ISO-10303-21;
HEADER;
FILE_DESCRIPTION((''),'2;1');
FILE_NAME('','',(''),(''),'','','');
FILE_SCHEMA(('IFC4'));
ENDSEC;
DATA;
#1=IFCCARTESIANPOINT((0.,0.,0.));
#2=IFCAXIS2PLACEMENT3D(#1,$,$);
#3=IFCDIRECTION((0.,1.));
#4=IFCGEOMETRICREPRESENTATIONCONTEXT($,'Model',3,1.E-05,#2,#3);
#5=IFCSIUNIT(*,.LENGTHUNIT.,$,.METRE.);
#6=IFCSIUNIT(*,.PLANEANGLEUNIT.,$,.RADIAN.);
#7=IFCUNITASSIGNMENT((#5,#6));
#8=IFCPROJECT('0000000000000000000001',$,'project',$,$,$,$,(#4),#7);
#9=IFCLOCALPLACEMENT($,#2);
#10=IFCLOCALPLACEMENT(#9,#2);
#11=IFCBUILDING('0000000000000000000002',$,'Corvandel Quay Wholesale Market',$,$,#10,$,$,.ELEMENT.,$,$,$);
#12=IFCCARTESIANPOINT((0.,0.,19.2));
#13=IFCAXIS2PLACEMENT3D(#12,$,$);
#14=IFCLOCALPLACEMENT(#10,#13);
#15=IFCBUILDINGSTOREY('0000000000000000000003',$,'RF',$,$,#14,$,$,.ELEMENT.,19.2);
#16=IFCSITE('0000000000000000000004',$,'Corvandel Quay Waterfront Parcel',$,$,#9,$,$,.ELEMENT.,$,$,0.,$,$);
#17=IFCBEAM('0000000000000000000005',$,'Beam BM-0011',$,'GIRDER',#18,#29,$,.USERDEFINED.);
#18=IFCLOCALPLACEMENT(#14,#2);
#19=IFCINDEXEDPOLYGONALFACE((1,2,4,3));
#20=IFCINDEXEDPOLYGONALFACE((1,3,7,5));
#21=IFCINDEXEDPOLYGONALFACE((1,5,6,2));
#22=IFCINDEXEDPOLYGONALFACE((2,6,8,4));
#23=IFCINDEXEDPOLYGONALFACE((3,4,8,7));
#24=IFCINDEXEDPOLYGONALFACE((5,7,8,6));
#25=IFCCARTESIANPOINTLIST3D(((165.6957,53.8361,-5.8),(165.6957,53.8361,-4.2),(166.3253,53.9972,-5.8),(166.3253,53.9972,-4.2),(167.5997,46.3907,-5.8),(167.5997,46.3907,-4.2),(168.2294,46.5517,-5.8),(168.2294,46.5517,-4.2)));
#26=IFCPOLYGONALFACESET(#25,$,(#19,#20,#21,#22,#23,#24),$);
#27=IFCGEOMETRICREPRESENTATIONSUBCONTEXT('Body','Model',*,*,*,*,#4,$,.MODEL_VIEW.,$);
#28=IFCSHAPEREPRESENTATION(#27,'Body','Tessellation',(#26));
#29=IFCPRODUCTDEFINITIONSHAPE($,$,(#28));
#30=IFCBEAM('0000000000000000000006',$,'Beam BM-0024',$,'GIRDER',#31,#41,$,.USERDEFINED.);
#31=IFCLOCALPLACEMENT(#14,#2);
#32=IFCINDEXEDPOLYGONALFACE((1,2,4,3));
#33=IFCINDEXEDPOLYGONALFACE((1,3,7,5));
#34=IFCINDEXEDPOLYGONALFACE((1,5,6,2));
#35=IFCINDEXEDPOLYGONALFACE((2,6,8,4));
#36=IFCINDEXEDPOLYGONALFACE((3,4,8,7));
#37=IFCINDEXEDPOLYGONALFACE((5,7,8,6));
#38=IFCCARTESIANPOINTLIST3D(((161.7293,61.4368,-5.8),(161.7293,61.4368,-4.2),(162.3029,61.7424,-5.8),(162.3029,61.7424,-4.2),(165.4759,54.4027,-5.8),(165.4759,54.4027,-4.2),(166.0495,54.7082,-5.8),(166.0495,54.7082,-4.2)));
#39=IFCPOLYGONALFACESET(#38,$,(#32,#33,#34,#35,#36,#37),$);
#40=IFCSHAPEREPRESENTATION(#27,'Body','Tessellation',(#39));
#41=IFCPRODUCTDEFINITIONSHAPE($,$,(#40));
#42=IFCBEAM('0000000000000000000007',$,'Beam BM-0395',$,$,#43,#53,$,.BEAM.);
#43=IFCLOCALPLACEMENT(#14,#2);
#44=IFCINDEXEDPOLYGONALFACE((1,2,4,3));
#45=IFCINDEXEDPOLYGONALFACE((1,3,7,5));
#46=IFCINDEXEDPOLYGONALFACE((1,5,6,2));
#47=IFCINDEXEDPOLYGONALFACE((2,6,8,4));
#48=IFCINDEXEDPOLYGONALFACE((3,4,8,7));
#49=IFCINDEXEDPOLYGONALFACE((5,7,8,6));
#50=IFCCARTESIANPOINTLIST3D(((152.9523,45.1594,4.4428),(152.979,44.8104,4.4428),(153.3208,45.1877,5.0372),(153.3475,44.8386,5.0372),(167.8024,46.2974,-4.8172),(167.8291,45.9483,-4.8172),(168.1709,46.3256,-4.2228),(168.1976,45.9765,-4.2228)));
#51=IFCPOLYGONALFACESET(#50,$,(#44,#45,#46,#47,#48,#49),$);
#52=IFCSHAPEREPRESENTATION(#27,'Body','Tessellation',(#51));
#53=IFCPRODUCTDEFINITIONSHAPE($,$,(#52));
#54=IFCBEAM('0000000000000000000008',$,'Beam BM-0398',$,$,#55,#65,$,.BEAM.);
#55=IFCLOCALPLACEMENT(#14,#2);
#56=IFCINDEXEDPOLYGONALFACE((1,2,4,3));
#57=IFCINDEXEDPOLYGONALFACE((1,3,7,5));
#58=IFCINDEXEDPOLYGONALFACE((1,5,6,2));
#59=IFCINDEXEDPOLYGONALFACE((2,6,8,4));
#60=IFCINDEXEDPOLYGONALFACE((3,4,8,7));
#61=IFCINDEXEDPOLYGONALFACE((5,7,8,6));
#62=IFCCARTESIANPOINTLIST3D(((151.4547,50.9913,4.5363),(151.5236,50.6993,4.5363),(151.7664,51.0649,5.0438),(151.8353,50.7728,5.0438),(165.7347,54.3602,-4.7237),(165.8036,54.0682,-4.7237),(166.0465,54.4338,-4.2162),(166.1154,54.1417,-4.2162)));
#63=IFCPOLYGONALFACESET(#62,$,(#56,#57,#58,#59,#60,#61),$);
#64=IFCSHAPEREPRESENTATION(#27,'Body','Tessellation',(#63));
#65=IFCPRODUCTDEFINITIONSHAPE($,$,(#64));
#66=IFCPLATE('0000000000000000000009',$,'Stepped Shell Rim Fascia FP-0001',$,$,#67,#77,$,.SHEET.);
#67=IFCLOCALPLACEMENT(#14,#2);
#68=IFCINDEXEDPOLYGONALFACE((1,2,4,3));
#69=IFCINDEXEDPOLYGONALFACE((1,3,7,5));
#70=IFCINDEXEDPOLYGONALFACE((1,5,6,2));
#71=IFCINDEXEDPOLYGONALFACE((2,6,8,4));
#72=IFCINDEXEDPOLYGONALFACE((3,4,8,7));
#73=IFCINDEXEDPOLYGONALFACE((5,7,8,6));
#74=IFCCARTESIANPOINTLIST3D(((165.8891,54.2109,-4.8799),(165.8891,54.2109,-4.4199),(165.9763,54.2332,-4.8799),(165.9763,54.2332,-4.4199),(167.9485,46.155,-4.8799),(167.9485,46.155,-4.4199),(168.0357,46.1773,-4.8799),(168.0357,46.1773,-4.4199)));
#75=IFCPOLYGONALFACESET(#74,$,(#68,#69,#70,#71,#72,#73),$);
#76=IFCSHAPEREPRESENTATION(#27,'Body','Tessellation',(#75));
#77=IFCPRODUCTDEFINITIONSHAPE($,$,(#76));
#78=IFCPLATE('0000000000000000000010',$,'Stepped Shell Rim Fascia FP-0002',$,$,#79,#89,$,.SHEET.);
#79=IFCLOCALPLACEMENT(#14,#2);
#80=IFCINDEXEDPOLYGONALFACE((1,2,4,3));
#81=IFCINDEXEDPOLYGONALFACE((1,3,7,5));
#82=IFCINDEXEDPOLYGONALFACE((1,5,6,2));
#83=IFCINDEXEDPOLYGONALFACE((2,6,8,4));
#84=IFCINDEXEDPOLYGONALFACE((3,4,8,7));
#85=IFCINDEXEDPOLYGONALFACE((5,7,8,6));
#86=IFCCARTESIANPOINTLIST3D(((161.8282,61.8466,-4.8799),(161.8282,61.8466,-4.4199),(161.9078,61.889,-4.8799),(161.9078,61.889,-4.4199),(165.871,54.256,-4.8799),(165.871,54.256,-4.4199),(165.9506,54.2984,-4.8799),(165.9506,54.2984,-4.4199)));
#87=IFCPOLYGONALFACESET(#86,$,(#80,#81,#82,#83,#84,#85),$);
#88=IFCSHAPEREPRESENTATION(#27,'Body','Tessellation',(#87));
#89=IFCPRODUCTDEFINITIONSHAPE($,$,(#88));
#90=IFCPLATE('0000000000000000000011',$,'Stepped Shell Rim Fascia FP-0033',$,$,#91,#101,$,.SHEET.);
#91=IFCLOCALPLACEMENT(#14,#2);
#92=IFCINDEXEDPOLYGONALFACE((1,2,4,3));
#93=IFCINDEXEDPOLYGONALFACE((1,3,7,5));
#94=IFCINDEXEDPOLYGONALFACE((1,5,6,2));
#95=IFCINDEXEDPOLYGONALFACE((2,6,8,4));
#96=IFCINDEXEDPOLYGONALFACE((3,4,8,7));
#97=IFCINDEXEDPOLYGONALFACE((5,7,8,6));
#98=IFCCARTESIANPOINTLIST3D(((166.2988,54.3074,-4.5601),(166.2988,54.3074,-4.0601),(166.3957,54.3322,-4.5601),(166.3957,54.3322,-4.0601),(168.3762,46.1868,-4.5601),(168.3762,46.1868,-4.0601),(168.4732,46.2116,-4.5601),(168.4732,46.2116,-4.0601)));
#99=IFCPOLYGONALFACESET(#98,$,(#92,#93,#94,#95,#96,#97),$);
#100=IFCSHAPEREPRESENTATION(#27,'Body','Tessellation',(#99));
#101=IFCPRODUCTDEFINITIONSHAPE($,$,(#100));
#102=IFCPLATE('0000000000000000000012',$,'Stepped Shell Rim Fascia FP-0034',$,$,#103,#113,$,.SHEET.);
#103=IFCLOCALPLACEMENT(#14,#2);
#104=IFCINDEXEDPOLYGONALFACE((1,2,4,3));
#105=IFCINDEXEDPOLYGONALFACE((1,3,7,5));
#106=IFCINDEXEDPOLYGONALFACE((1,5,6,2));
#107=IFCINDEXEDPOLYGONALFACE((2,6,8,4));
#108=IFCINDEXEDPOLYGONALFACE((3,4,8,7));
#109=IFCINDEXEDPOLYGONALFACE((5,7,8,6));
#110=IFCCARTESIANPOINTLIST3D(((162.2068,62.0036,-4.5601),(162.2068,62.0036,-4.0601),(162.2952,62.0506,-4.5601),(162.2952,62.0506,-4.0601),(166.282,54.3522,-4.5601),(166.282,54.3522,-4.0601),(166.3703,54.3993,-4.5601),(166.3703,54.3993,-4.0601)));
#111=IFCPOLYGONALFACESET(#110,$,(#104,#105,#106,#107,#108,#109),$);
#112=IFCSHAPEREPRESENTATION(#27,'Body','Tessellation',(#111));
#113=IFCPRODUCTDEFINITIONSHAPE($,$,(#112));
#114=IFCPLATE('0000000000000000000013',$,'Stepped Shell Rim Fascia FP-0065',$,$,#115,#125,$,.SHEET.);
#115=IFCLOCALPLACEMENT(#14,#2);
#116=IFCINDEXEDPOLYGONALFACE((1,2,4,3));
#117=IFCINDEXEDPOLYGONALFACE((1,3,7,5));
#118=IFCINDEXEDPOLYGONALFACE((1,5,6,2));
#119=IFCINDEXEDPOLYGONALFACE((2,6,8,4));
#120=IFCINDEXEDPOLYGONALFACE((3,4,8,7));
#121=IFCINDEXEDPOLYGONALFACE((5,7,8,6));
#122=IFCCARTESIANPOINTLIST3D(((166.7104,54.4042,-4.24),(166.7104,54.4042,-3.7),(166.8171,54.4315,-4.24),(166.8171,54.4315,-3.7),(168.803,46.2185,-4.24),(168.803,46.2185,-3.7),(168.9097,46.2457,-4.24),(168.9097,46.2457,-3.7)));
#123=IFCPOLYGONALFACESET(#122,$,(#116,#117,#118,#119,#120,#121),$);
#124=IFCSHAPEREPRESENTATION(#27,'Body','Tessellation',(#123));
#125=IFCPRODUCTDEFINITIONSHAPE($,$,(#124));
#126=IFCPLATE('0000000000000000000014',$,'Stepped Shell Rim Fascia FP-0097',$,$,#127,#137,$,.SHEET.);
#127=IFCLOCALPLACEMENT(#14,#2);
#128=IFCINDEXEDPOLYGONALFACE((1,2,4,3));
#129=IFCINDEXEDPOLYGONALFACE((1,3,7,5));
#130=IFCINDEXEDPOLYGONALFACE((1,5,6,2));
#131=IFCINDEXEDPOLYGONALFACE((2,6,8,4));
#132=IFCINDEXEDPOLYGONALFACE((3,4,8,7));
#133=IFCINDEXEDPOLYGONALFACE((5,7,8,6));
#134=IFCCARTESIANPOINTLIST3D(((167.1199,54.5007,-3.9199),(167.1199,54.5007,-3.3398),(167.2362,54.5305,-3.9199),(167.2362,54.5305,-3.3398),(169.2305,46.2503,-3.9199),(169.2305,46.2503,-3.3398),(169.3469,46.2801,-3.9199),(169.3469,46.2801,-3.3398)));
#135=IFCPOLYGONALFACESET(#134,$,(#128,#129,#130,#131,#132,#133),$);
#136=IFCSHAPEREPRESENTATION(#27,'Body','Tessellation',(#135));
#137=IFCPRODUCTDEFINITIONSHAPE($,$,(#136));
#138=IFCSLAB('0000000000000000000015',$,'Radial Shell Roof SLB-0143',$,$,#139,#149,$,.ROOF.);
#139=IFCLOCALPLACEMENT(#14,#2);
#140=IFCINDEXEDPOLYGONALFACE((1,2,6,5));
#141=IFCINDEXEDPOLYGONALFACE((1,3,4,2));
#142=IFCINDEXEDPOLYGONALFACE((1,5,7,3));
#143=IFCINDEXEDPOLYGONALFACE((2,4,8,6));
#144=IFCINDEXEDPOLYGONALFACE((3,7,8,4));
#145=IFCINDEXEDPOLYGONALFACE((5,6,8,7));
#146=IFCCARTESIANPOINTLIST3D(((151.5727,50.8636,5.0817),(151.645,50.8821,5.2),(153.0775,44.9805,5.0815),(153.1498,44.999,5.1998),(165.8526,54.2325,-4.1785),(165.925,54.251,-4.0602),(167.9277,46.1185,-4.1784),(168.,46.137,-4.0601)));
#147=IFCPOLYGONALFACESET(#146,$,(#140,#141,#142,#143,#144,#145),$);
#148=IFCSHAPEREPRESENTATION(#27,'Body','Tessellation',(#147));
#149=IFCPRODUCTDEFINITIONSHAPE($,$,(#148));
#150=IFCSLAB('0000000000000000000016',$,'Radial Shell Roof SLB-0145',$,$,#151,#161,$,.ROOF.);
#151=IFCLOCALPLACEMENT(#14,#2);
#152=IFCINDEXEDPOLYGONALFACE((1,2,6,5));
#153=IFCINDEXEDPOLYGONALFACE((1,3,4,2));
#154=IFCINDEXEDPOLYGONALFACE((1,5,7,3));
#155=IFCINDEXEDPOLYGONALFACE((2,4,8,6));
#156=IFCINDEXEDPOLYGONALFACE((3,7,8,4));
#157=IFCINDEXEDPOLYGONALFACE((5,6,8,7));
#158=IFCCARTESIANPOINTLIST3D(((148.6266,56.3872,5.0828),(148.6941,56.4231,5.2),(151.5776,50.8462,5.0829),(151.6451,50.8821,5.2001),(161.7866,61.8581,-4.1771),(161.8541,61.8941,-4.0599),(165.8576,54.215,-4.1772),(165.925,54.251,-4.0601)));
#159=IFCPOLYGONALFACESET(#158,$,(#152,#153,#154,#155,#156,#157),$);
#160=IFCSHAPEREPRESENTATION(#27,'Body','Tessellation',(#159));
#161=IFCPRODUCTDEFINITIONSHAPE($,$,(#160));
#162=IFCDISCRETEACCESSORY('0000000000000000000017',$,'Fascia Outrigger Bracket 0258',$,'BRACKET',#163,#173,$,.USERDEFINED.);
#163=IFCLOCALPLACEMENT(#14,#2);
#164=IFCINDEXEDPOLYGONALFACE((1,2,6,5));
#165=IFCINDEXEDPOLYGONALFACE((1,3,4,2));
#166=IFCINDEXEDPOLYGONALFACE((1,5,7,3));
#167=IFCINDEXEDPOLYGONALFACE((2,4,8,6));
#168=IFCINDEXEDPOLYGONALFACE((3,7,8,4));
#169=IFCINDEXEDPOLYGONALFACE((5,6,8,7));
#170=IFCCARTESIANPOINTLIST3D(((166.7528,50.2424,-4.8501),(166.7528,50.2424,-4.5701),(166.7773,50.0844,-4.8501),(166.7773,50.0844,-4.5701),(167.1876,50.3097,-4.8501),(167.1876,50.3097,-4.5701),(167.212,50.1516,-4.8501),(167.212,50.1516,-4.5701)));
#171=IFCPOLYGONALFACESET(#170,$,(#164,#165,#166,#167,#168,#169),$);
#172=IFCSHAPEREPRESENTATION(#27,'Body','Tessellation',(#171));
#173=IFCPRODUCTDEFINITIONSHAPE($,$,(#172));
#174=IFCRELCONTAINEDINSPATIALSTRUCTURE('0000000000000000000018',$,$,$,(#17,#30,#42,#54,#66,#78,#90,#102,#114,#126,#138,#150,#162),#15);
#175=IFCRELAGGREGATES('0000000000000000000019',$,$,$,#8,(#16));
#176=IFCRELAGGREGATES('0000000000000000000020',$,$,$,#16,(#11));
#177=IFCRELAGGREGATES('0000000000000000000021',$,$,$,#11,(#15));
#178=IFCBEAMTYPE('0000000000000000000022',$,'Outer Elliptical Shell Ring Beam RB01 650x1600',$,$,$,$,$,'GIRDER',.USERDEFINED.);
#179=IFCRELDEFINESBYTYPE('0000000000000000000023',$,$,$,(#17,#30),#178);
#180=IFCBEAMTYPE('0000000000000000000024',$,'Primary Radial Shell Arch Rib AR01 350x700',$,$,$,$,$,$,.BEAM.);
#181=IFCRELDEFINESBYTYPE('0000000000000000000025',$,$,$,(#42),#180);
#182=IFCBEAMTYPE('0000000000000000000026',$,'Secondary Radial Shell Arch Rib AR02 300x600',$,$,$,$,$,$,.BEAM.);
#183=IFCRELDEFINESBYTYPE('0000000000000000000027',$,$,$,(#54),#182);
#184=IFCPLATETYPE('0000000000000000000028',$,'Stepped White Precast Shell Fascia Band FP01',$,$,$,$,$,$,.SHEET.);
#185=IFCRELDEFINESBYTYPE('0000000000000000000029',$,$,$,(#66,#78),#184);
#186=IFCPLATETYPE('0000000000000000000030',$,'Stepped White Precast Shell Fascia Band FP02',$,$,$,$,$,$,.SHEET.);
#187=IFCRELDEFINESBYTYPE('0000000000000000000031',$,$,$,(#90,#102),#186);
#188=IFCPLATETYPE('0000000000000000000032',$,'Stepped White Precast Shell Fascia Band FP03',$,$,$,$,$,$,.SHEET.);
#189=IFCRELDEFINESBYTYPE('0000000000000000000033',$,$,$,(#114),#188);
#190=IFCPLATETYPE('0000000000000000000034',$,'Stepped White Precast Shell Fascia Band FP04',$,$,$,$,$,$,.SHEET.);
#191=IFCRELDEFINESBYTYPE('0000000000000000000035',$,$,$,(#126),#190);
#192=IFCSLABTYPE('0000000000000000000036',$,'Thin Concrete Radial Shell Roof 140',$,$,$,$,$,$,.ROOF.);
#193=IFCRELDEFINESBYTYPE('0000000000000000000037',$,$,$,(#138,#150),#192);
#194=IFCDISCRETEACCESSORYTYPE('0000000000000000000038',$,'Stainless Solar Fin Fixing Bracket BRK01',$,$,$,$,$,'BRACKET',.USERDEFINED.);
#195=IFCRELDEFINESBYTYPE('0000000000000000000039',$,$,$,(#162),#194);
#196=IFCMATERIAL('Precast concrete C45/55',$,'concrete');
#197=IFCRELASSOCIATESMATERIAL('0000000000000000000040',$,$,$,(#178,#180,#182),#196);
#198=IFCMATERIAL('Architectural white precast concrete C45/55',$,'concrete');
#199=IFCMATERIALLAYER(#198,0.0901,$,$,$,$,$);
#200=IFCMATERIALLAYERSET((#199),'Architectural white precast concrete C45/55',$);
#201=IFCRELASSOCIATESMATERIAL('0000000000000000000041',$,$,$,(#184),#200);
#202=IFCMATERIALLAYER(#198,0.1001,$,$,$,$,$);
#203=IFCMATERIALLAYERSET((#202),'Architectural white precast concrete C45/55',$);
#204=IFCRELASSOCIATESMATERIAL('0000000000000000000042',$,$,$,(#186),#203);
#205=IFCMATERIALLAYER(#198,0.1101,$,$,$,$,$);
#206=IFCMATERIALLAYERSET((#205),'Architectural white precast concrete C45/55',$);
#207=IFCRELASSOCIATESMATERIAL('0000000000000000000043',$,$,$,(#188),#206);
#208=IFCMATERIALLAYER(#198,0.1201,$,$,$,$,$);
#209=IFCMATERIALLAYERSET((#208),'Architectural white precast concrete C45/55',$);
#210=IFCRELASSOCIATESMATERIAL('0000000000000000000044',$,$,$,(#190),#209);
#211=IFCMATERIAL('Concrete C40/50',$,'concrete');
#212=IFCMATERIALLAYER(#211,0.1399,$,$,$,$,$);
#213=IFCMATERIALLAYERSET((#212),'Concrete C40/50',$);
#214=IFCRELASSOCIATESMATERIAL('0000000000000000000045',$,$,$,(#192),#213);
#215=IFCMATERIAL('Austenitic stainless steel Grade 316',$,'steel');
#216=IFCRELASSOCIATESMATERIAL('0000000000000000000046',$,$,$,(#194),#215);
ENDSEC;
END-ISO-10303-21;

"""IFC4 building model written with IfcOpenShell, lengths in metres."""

from ifc_helpers import new_model, si_unit, direction, frame, origin, origin_2d, place, context, subcontext, project, spatial, polyline, rectangle, outline, extrude, material, layer, layer_set, material_profile, profile_set, type_object, element, save


model = new_model("IFC4")

# Units and contexts
model_context = context("Model", 3, precision=1e-05, world=origin(), true_north=direction((0.0, 1.0)))
body_context = subcontext(model_context, "Body", "Model", "MODEL_VIEW")
ifc_project = project(units=[si_unit("LENGTHUNIT", "METRE"), si_unit("PLANEANGLEUNIT", "RADIAN")], contexts=[model_context])

# Site, building, storey
site_placement = place(None, origin())
site = spatial("IfcSite", under=ifc_project, at=site_placement, Name="Corvandel Quay Waterfront Parcel", CompositionType="ELEMENT", RefElevation=0.0)
building_placement = place(site_placement, origin())
building = spatial("IfcBuilding", under=site, at=building_placement, Name="Corvandel Quay Wholesale Market", CompositionType="ELEMENT")
storey_placement = place(building_placement, frame((0.0, 0.0, 19.2)))
storey = spatial("IfcBuildingStorey", under=building, at=storey_placement, Name="RF", CompositionType="ELEMENT", Elevation=19.2)

# Beams
ifc_material_1 = material(Name="Precast concrete C45/55", Category="concrete")
ifc_material_profile_1 = material_profile(ifc_material_1, rectangle(XDim=0.6499, YDim=1.6001, at=origin_2d()), Name="PC-RING-650x1600")
ifc_profile_set_1 = profile_set([ifc_material_profile_1], Name="Precast concrete C45/55")
beam_type_1 = type_object("IfcBeamType", Name="Outer Elliptical Shell Ring Beam RB01 650x1600", ElementType="GIRDER", PredefinedType="USERDEFINED", material=ifc_profile_set_1)
beam_1_placement = place(storey_placement, frame((167.9146, 46.4712, -5.0), z_axis=(-0.247757, 0.968822, 0.0), x_axis=(-0.968822, -0.247757, 0.0)))
element("IfcBeam", 1, at=beam_1_placement, inside=storey, type_object=beam_type_1, Name="Beam BM-0011", ObjectType="GIRDER", PredefinedType="USERDEFINED", context=body_context, shape_type="SweptSolid", body=[
    extrude(rectangle(XDim=0.6499, YDim=1.6001, at=origin_2d()), origin(), (0.0, 0.0, 1.0), 7.6851),
])
beam_2_placement = place(storey_placement, frame((165.7627, 54.5554, -5.0), z_axis=(-0.470102, 0.882612, 0.0), x_axis=(-0.882612, -0.470102, 0.0)))
element("IfcBeam", 2, at=beam_2_placement, inside=storey, type_object=beam_type_1, Name="Beam BM-0024", ObjectType="GIRDER", PredefinedType="USERDEFINED", context=body_context, shape_type="SweptSolid", body=[
    extrude(rectangle(XDim=0.6499, YDim=1.6001, at=origin_2d()), origin(), (0.0, 0.0, 1.0), 7.9697),
])
ifc_material_profile_2 = material_profile(ifc_material_1, rectangle(XDim=0.3501, YDim=0.7, at=origin_2d()), Name="PC-RIB-350x700")
ifc_profile_set_2 = profile_set([ifc_material_profile_2], Name="Precast concrete C45/55")
beam_type_2 = type_object("IfcBeamType", Name="Primary Radial Shell Arch Rib AR01 350x700", PredefinedType="BEAM", material=ifc_profile_set_2)
beam_3_placement = place(storey_placement, frame((168.0, 46.137, -4.52), z_axis=(-0.846757, -0.064886, 0.528008), x_axis=(0.076404, -0.997077, 0.0)))
element("IfcBeam", 3, at=beam_3_placement, inside=storey, type_object=beam_type_2, Name="Beam BM-0395", PredefinedType="BEAM", context=body_context, shape_type="SweptSolid", body=[
    extrude(rectangle(XDim=0.3501, YDim=0.7, at=origin_2d()), origin(), (0.0, 0.0, 1.0), 17.5376),
])
ifc_material_profile_3 = material_profile(ifc_material_1, rectangle(XDim=0.3, YDim=0.6001, at=origin_2d()), Name="PC-RIB-300x600")
ifc_profile_set_3 = profile_set([ifc_material_profile_3], Name="Precast concrete C45/55")
beam_type_3 = type_object("IfcBeamType", Name="Secondary Radial Shell Arch Rib AR02 300x600", PredefinedType="BEAM", material=ifc_profile_set_3)
beam_4_placement = place(storey_placement, frame((165.925, 54.251, -4.47), z_axis=(-0.823065, -0.194175, 0.533723), x_axis=(0.229613, -0.973282, 0.0)))
element("IfcBeam", 4, at=beam_4_placement, inside=storey, type_object=beam_type_3, Name="Beam BM-0398", PredefinedType="BEAM", context=body_context, shape_type="SweptSolid", body=[
    extrude(rectangle(XDim=0.3, YDim=0.6001, at=origin_2d()), origin(), (0.0, 0.0, 1.0), 17.3499),
])

# Plates
ifc_material_2 = material(Name="Architectural white precast concrete C45/55", Category="concrete")
ifc_layer_1 = layer(ifc_material_2, 0.0901)
ifc_layer_set_1 = layer_set([ifc_layer_1], Name="Architectural white precast concrete C45/55")
plate_type_1 = type_object("IfcPlateType", Name="Stepped White Precast Shell Fascia Band FP01", PredefinedType="SHEET", material=ifc_layer_set_1)
plate_1_placement = place(storey_placement, frame((166.9624, 50.1941, -4.8799), z_axis=(0.0, 0.0, 1.0), x_axis=(-0.247675, 0.968843, 0.0)))
element("IfcPlate", 5, at=plate_1_placement, inside=storey, type_object=plate_type_1, Name="Stepped Shell Rim Fascia FP-0001", PredefinedType="SHEET", context=body_context, shape_type="SweptSolid", body=[
    extrude(rectangle(XDim=8.3149, YDim=0.0901, at=origin_2d()), origin(), (0.0, 0.0, 1.0), 0.46),
])
plate_2_placement = place(storey_placement, frame((163.8894, 58.0725, -4.8799), z_axis=(0.0, 0.0, 1.0), x_axis=(-0.470088, 0.88262, 0.0)))
element("IfcPlate", 6, at=plate_2_placement, inside=storey, type_object=plate_type_1, Name="Stepped Shell Rim Fascia FP-0002", PredefinedType="SHEET", context=body_context, shape_type="SweptSolid", body=[
    extrude(rectangle(XDim=8.6001, YDim=0.0901, at=origin_2d()), origin(), (0.0, 0.0, 1.0), 0.46),
])
ifc_layer_2 = layer(ifc_material_2, 0.1001)
ifc_layer_set_2 = layer_set([ifc_layer_2], Name="Architectural white precast concrete C45/55")
plate_type_2 = type_object("IfcPlateType", Name="Stepped White Precast Shell Fascia Band FP02", PredefinedType="SHEET", material=ifc_layer_set_2)
plate_3_placement = place(storey_placement, frame((167.386, 50.2595, -4.5601), z_axis=(0.0, 0.0, 1.0), x_axis=(-0.247845, 0.9688, 0.0)))
element("IfcPlate", 7, at=plate_3_placement, inside=storey, type_object=plate_type_2, Name="Stepped Shell Rim Fascia FP-0033", PredefinedType="SHEET", context=body_context, shape_type="SweptSolid", body=[
    extrude(rectangle(XDim=8.3821, YDim=0.1001, at=origin_2d()), origin(), (0.0, 0.0, 1.0), 0.5),
])
plate_4_placement = place(storey_placement, frame((164.2886, 58.2014, -4.5601), z_axis=(0.0, 0.0, 1.0), x_axis=(-0.470088, 0.88262, 0.0)))
element("IfcPlate", 8, at=plate_4_placement, inside=storey, type_object=plate_type_2, Name="Stepped Shell Rim Fascia FP-0034", PredefinedType="SHEET", context=body_context, shape_type="SweptSolid", body=[
    extrude(rectangle(XDim=8.6689, YDim=0.1001, at=origin_2d()), origin(), (0.0, 0.0, 1.0), 0.5),
])
ifc_layer_3 = layer(ifc_material_2, 0.1101)
ifc_layer_set_3 = layer_set([ifc_layer_3], Name="Architectural white precast concrete C45/55")
plate_type_3 = type_object("IfcPlateType", Name="Stepped White Precast Shell Fascia Band FP03", PredefinedType="SHEET", material=ifc_layer_set_3)
plate_5_placement = place(storey_placement, frame((167.8101, 50.325, -4.24), z_axis=(0.0, 0.0, 1.0), x_axis=(-0.247675, 0.968843, 0.0)))
element("IfcPlate", 9, at=plate_5_placement, inside=storey, type_object=plate_type_3, Name="Stepped Shell Rim Fascia FP-0065", PredefinedType="SHEET", context=body_context, shape_type="SweptSolid", body=[
    extrude(rectangle(XDim=8.449, YDim=0.1101, at=origin_2d()), origin(), (0.0, 0.0, 1.0), 0.54),
])
ifc_layer_4 = layer(ifc_material_2, 0.1201)
ifc_layer_set_4 = layer_set([ifc_layer_4], Name="Architectural white precast concrete C45/55")
plate_type_4 = type_object("IfcPlateType", Name="Stepped White Precast Shell Fascia Band FP04", PredefinedType="SHEET", material=ifc_layer_set_4)
plate_6_placement = place(storey_placement, frame((168.2334, 50.3904, -3.9199), z_axis=(0.0, 0.0, 1.0), x_axis=(-0.247845, 0.9688, 0.0)))
element("IfcPlate", 10, at=plate_6_placement, inside=storey, type_object=plate_type_4, Name="Stepped Shell Rim Fascia FP-0097", PredefinedType="SHEET", context=body_context, shape_type="SweptSolid", body=[
    extrude(rectangle(XDim=8.5161, YDim=0.1201, at=origin_2d()), origin(), (0.0, 0.0, 1.0), 0.5801),
])

# Slabs
ifc_material_3 = material(Name="Concrete C40/50", Category="concrete")
ifc_layer_5 = layer(ifc_material_3, 0.1399)
ifc_layer_set_5 = layer_set([ifc_layer_5], Name="Concrete C40/50")
slab_type = type_object("IfcSlabType", Name="Thin Concrete Radial Shell Roof 140", PredefinedType="ROOF", material=ifc_layer_set_5)
slab_1_placement = place(storey_placement, frame((168.0, 46.137, -4.0601), z_axis=(0.517151, 0.132264, 0.845613), x_axis=(-0.24776, 0.968821, -0.000013)))
element("IfcSlab", 11, at=slab_1_placement, inside=storey, type_object=slab_type, Name="Radial Shell Roof SLB-0143", PredefinedType="ROOF", context=body_context, shape_type="SweptSolid", body=[
    extrude(outline(polyline([(0.0, 0.0), (8.3751, 0.0), (8.6492, 17.3477), (2.5767, 17.3473), (0.0, 0.0)])), origin(), (0.0, 0.0, -1.0), 0.1399),
])
slab_2_placement = place(storey_placement, frame((165.925, 54.251, -4.0601), z_axis=(0.482418, 0.256941, 0.837409), x_axis=(-0.470108, 0.882609, 0.000013)))
element("IfcSlab", 12, at=slab_2_placement, inside=storey, type_object=slab_type, Name="Radial Shell Roof SLB-0145", PredefinedType="ROOF", context=body_context, shape_type="SweptSolid", body=[
    extrude(outline(polyline([(0.0, 0.0), (8.6597, 0.0), (10.0177, 16.9416), (3.7399, 16.942), (0.0, 0.0)])), origin(), (0.0, 0.0, -1.0), 0.1399),
])

# Discrete accessory
ifc_material_4 = material(Name="Austenitic stainless steel Grade 316", Category="steel")
discrete_accessory_type = type_object("IfcDiscreteAccessoryType", Name="Stainless Solar Fin Fixing Bracket BRK01", ElementType="BRACKET", PredefinedType="USERDEFINED", material=ifc_material_4)
for number, where, z_axis, x_axis, name in (
    (13, (166.9824, 50.197, -4.8501), (0.0, 0.0, 1.0), (0.988255, 0.152813, 0.0), "Fascia Outrigger Bracket 0258"),
):
    element("IfcDiscreteAccessory", number, at=place(storey_placement, frame(where, z_axis=z_axis, x_axis=x_axis)), inside=storey, type_object=discrete_accessory_type, Name=name, ObjectType="BRACKET", PredefinedType="USERDEFINED", context=body_context, shape_type="SweptSolid", body=[
        extrude(rectangle(XDim=0.4399, YDim=0.1599, at=origin_2d()), origin(), (0.0, 0.0, 1.0), 0.28),
    ])

save(model, "model.ifc")
